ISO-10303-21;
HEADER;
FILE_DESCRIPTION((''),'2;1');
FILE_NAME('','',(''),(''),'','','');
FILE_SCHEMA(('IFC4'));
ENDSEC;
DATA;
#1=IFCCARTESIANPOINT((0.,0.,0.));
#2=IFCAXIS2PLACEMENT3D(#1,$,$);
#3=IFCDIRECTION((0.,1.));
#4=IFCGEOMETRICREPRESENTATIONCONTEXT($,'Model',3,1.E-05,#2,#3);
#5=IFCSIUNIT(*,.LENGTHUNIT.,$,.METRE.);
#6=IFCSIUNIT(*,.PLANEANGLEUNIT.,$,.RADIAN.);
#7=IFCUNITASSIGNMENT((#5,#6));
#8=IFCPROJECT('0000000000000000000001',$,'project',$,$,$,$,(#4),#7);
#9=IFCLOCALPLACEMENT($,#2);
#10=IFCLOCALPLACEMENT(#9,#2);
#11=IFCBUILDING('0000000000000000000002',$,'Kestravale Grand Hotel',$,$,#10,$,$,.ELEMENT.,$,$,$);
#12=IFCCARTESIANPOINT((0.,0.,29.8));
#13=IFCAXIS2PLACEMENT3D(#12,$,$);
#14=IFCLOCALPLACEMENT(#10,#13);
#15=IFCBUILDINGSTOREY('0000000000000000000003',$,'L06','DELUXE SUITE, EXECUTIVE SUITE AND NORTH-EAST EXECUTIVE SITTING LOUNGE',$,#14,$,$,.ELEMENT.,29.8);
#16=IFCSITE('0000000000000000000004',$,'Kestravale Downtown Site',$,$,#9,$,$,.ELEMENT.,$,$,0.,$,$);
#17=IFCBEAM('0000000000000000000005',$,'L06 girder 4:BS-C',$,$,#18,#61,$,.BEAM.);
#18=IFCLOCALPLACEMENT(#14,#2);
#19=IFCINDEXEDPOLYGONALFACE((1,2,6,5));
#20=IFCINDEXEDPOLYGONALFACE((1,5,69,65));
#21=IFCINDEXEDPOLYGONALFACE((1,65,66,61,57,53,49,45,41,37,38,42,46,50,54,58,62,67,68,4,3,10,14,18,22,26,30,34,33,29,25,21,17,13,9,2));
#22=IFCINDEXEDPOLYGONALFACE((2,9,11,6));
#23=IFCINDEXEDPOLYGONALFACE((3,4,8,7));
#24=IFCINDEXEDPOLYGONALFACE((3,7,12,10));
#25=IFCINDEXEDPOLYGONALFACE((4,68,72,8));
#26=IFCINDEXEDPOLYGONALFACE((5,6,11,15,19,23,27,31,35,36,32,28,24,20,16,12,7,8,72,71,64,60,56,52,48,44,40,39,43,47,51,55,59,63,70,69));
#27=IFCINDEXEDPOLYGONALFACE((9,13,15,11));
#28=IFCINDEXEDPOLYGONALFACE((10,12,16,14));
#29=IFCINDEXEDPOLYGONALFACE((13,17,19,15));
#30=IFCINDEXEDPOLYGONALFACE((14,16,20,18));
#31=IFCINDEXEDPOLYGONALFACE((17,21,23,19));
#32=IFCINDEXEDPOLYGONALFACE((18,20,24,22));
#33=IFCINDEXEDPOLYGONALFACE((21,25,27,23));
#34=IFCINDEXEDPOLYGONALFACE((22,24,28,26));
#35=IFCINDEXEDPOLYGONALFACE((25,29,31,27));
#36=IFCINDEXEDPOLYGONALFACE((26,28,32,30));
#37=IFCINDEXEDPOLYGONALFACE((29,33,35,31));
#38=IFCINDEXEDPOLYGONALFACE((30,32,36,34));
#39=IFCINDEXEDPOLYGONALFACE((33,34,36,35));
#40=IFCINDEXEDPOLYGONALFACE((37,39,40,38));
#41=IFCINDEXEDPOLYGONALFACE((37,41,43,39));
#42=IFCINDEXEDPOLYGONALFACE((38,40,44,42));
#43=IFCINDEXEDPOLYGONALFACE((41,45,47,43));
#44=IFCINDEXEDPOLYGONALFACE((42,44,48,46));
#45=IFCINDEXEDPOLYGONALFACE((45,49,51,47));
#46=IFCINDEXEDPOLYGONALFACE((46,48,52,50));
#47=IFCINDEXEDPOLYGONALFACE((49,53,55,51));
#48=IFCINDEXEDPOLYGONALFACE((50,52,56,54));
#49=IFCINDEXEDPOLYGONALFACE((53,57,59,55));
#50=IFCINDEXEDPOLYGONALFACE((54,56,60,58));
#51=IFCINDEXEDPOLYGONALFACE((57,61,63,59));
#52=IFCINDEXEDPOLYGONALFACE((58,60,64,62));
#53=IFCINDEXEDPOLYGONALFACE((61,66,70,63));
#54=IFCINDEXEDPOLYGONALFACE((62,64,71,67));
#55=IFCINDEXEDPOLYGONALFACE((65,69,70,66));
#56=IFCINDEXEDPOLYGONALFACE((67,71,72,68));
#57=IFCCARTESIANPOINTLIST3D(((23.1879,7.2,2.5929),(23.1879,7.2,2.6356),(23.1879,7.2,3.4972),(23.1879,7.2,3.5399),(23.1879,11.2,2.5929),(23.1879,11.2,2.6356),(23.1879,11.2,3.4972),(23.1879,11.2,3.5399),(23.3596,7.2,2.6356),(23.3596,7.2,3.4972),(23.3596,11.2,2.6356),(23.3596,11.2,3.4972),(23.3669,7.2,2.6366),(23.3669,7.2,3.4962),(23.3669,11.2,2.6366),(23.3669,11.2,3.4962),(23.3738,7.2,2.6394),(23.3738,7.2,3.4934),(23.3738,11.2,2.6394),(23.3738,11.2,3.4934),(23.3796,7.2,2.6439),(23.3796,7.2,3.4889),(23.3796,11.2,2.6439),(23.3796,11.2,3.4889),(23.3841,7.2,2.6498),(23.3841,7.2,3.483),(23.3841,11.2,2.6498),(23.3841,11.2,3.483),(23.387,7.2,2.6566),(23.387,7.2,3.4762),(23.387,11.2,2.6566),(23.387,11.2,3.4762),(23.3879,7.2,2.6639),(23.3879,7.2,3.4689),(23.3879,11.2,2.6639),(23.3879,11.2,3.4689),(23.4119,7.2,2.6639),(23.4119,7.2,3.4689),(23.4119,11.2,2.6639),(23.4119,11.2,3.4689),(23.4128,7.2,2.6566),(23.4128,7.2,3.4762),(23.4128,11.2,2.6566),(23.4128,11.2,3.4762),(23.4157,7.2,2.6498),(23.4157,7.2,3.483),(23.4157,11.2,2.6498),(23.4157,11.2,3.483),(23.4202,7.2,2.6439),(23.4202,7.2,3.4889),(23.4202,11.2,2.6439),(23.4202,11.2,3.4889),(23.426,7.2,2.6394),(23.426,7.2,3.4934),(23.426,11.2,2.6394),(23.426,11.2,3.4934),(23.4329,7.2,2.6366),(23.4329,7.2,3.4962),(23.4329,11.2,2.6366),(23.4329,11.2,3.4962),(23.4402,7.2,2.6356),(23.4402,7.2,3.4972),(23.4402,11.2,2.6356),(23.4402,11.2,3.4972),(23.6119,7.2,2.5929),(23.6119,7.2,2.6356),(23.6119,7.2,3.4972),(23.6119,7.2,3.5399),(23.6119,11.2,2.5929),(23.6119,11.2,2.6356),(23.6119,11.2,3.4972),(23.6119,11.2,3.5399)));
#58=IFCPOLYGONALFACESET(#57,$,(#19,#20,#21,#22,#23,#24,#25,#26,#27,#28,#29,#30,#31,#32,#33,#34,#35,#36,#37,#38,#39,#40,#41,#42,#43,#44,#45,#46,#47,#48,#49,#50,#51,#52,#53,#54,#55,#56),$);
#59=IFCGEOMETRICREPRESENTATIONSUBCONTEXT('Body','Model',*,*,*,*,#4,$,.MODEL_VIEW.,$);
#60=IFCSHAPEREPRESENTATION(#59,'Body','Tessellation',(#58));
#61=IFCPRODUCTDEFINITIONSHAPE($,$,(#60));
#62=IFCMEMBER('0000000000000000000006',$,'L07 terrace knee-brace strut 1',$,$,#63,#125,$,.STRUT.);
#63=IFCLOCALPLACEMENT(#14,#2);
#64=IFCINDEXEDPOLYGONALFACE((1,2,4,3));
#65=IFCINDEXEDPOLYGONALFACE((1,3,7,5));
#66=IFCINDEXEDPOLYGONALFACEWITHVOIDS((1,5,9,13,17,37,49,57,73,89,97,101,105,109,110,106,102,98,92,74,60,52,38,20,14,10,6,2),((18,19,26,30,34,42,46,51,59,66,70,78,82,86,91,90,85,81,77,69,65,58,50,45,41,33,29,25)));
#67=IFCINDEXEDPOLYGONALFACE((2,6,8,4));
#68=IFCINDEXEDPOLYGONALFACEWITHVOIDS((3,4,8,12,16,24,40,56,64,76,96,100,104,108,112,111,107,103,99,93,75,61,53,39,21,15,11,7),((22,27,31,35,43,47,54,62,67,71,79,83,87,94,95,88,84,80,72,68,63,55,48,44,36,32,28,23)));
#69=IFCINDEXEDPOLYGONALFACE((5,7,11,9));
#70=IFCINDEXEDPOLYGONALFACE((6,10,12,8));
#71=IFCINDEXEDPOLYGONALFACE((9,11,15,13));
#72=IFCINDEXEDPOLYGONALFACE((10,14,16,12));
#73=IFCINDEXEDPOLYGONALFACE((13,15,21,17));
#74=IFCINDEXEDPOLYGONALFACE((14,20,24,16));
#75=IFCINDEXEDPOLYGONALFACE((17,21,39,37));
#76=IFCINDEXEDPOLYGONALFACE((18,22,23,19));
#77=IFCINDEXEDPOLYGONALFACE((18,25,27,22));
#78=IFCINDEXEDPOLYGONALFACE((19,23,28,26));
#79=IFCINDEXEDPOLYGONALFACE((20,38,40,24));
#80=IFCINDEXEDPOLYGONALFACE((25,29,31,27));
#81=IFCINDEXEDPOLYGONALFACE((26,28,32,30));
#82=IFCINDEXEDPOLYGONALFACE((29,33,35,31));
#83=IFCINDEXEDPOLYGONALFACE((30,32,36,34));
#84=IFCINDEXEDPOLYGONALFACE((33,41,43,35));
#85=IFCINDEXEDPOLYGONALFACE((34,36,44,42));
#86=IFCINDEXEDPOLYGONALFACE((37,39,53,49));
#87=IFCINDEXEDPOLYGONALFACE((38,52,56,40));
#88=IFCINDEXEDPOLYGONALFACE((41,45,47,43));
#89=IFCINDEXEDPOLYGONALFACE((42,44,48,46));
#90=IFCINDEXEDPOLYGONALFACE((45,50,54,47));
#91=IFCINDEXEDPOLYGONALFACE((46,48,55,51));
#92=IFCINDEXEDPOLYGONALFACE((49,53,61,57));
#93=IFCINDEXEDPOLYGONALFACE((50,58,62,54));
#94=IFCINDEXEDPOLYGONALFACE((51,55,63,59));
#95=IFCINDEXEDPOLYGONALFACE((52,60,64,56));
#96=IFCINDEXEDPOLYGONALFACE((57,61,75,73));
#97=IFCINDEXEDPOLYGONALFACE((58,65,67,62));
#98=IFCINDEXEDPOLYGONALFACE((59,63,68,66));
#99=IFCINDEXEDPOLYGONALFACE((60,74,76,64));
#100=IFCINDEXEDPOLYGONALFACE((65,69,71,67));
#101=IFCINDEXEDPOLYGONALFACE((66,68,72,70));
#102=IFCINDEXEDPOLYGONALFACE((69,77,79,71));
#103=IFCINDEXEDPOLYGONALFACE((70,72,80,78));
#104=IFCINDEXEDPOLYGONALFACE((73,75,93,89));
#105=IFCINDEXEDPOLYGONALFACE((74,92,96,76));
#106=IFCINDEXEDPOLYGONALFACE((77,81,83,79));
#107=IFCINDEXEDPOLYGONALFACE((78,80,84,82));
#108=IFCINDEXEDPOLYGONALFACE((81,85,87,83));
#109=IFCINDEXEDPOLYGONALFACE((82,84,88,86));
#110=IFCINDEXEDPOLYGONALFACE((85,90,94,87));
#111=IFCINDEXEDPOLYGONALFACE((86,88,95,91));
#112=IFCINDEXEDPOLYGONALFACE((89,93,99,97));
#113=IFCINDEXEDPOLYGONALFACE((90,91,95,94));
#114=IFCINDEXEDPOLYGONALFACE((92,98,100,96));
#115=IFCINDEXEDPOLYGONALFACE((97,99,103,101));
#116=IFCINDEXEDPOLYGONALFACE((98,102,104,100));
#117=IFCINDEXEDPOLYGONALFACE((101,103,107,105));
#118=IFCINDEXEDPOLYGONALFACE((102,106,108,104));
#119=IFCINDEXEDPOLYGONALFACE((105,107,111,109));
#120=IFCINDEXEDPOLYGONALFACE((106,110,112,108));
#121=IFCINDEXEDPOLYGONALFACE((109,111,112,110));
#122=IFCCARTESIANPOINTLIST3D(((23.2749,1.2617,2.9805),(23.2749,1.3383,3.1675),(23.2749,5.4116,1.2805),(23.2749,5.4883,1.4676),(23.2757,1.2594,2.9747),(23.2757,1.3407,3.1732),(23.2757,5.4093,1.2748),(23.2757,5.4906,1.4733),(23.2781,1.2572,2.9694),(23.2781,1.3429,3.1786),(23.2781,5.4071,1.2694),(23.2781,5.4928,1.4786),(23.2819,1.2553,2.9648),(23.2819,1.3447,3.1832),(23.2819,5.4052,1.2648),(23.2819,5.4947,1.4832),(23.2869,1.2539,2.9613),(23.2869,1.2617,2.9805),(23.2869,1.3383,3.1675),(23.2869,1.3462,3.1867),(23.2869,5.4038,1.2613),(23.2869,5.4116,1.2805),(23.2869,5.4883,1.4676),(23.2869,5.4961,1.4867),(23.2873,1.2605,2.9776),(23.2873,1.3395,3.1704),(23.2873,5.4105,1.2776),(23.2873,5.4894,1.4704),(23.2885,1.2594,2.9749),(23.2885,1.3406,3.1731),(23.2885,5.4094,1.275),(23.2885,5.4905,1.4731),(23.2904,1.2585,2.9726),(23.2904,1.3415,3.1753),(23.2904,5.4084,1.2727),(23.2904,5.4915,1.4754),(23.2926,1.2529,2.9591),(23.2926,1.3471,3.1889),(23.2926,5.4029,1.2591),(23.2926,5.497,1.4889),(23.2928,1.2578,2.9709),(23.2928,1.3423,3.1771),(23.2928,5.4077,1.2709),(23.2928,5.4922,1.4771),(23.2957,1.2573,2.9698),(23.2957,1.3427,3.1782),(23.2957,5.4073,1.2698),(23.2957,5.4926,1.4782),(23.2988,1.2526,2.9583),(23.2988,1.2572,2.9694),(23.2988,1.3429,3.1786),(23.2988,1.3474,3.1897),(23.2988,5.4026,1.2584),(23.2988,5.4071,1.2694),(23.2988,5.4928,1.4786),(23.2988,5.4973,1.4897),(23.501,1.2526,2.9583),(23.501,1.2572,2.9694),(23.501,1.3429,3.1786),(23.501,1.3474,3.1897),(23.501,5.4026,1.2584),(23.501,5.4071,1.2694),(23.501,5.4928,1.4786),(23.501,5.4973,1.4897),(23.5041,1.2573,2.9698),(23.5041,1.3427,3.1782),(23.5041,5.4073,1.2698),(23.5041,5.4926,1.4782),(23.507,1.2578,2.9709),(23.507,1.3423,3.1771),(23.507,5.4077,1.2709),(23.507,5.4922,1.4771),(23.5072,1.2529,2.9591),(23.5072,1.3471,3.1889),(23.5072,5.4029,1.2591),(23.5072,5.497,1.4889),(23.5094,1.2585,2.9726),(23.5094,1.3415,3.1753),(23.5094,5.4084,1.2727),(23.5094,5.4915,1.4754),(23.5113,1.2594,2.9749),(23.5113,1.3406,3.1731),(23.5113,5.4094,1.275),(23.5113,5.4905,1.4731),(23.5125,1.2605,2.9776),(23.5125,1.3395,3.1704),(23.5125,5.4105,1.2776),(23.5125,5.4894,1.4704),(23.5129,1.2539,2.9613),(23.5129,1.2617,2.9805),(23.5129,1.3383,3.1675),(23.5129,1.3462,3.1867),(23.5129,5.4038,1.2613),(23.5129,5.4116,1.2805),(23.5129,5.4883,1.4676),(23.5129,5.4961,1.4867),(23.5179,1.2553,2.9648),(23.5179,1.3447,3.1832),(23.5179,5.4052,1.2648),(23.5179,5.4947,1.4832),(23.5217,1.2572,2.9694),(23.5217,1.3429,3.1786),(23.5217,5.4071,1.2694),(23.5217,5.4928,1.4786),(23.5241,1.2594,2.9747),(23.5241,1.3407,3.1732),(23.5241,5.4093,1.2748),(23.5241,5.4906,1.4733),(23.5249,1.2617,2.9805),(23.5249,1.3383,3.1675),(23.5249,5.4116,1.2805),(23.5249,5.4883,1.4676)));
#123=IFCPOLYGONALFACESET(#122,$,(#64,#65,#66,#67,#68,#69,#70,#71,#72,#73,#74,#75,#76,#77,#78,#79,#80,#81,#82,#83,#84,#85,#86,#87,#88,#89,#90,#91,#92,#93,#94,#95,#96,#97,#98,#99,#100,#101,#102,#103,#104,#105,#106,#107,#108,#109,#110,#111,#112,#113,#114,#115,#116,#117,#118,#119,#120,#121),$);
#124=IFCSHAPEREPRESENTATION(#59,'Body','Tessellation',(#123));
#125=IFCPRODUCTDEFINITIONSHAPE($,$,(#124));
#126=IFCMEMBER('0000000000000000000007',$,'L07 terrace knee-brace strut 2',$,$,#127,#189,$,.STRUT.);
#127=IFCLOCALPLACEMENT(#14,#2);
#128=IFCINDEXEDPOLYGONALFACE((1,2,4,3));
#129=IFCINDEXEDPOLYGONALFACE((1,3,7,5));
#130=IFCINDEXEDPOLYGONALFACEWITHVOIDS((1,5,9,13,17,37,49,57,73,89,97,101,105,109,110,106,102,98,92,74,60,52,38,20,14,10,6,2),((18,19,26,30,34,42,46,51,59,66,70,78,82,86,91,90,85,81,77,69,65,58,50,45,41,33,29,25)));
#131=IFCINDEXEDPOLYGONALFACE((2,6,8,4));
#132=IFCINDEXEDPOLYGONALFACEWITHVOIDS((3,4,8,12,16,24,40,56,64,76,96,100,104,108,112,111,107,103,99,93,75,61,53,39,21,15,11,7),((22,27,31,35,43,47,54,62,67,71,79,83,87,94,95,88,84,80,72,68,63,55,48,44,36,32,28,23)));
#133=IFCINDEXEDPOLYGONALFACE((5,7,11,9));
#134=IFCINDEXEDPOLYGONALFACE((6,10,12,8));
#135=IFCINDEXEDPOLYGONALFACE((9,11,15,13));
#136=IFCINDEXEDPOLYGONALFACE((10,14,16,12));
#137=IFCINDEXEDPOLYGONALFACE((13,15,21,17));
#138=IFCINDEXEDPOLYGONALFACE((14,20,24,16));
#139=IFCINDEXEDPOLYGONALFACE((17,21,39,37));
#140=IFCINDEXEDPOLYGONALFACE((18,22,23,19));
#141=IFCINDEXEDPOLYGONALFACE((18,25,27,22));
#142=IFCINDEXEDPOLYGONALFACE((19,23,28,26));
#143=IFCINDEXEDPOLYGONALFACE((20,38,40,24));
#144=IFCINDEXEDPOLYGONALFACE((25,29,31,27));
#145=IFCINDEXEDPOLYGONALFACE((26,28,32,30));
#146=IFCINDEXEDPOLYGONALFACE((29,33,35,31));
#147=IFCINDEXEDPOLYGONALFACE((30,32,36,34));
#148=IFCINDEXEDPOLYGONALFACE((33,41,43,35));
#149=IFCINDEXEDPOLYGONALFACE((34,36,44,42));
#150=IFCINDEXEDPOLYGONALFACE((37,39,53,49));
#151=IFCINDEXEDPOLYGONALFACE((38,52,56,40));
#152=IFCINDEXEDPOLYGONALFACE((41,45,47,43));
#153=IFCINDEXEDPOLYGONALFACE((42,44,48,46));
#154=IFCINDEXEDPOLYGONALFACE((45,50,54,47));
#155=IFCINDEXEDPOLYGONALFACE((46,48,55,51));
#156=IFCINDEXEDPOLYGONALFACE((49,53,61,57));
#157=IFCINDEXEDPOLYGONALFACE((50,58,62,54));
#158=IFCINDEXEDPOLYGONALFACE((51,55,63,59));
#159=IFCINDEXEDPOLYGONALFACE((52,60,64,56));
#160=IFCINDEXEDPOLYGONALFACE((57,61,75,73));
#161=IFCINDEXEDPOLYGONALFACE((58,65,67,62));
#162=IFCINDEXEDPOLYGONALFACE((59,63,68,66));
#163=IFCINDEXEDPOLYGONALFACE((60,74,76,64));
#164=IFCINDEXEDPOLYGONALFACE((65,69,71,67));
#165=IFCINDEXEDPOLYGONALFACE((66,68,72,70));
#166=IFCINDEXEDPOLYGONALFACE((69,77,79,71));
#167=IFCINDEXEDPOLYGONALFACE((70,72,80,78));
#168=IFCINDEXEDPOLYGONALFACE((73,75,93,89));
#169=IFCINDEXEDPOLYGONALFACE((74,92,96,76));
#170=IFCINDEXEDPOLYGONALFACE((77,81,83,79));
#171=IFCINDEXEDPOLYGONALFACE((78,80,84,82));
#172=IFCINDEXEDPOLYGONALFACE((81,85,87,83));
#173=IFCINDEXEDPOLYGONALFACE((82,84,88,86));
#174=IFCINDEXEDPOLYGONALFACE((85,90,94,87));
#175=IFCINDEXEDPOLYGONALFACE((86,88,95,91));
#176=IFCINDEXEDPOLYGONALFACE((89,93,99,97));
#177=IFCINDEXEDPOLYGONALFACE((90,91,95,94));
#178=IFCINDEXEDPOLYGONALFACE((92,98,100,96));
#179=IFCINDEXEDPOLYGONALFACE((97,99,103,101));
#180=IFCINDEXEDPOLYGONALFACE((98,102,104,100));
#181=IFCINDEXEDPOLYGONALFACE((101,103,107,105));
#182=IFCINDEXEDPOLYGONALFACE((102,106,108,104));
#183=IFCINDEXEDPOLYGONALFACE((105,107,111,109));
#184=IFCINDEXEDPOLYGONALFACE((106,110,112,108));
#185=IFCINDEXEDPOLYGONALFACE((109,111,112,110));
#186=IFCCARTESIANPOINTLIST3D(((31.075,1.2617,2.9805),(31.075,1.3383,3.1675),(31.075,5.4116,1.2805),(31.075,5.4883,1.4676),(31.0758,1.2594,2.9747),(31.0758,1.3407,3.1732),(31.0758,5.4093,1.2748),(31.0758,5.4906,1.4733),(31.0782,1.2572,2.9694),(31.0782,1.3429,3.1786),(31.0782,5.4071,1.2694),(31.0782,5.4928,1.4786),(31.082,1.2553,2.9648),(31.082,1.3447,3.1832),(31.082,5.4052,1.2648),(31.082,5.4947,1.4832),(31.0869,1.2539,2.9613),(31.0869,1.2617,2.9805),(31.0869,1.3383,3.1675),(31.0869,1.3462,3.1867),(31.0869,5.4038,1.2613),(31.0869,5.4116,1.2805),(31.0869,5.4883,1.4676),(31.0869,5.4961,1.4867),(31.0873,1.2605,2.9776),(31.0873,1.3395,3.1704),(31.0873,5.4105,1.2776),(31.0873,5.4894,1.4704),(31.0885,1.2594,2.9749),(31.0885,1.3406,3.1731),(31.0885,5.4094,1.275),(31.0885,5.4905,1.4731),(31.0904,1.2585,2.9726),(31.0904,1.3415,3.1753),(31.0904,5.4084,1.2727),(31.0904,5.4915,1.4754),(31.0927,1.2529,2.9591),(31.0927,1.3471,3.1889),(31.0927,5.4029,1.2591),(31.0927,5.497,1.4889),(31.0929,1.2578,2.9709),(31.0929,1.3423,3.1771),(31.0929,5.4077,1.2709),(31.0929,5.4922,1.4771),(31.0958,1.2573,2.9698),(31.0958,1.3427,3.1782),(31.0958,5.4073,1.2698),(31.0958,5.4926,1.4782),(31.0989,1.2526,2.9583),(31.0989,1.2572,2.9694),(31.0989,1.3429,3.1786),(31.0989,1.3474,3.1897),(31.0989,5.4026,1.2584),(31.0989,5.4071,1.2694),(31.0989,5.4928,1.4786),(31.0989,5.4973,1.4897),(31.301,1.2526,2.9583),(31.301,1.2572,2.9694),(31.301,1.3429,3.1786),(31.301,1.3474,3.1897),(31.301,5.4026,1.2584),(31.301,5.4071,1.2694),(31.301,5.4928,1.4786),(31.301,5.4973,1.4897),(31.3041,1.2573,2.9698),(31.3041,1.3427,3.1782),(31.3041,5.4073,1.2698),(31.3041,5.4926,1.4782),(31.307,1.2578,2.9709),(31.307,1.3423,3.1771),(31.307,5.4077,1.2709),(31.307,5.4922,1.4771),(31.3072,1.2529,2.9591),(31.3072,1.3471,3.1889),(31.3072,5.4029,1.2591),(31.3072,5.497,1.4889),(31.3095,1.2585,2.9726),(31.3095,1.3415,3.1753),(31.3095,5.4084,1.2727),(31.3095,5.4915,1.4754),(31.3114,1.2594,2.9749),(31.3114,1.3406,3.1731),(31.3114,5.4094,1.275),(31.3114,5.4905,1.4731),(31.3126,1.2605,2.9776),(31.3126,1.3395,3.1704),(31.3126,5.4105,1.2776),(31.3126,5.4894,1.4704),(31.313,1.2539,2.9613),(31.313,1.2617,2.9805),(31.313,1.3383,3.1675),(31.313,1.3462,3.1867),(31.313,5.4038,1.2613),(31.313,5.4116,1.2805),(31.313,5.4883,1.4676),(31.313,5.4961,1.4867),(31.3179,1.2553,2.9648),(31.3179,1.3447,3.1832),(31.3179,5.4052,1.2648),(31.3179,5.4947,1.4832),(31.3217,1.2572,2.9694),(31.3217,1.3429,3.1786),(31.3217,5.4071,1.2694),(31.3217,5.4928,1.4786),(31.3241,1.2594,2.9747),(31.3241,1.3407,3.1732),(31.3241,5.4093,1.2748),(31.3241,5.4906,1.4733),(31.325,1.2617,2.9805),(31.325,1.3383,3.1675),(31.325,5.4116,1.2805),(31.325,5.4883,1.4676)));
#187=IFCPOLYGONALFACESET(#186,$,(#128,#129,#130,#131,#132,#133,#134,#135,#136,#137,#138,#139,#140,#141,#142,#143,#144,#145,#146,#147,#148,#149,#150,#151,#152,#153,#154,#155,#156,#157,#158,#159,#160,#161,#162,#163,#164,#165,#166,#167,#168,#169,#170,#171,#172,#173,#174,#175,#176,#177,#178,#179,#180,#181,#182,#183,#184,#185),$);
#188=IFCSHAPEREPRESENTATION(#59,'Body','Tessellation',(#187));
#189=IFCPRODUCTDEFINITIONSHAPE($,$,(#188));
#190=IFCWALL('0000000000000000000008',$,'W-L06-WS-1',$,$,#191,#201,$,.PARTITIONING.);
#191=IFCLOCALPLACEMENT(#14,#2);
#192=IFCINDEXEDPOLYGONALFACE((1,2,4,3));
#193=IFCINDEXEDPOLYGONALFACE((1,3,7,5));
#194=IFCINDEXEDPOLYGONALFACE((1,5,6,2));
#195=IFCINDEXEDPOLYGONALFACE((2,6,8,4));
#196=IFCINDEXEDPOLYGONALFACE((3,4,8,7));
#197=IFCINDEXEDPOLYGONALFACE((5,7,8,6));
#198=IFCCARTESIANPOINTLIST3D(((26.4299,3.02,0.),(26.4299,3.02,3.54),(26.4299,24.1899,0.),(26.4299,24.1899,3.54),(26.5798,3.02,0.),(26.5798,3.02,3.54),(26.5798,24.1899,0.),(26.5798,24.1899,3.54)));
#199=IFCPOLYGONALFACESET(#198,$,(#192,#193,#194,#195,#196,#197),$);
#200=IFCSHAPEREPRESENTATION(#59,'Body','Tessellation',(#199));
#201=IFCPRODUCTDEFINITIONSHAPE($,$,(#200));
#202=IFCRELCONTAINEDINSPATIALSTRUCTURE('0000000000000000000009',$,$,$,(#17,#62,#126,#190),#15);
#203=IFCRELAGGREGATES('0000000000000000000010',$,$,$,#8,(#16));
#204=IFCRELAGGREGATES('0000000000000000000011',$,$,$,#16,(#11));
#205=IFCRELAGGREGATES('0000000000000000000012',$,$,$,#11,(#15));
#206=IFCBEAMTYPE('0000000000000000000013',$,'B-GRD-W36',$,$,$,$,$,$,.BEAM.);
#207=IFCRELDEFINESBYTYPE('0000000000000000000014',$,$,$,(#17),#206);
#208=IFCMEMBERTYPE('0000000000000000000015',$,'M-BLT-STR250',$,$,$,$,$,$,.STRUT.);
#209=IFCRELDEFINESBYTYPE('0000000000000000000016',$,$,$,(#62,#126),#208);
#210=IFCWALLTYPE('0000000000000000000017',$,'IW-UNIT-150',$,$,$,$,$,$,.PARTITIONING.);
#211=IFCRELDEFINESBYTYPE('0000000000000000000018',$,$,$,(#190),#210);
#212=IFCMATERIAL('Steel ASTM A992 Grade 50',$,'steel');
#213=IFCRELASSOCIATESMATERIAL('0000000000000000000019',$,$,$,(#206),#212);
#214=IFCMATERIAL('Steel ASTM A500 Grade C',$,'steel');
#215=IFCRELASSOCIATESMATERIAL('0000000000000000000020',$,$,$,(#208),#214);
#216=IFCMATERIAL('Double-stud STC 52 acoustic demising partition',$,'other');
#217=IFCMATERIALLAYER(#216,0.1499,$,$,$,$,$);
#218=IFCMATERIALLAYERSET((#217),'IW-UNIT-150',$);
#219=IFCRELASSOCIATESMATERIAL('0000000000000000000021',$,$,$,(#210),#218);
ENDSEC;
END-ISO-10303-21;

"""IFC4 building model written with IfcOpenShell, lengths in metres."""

from ifc_helpers import new_model, si_unit, direction, frame, frame_2d, origin, origin_2d, place, context, subcontext, project, spatial, rectangle, hollow_rectangle, i_section, extrude, material, layer, layer_set, material_profile, profile_set, type_object, element, save


model = new_model("IFC4")

# Units and contexts
model_context = context("Model", 3, precision=1e-05, world=origin(), true_north=direction((0.0, 1.0)))
body_context = subcontext(model_context, "Body", "Model", "MODEL_VIEW")
ifc_project = project(units=[si_unit("LENGTHUNIT", "METRE"), si_unit("PLANEANGLEUNIT", "RADIAN")], contexts=[model_context])

# Site, building, storey
site_placement = place(None, origin())
site = spatial("IfcSite", under=ifc_project, at=site_placement, Name="Kestravale Downtown Site", CompositionType="ELEMENT", RefElevation=0.0)
building_placement = place(site_placement, origin())
building = spatial("IfcBuilding", under=site, at=building_placement, Name="Kestravale Grand Hotel", CompositionType="ELEMENT")
storey_placement = place(building_placement, frame((0.0, 0.0, 29.8)))
storey = spatial("IfcBuildingStorey", under=building, at=storey_placement, Name="L06", Description="DELUXE SUITE, EXECUTIVE SUITE AND NORTH-EAST EXECUTIVE SITTING LOUNGE", CompositionType="ELEMENT", Elevation=29.8)

# Beam
ifc_material_1 = material(Name="Steel ASTM A992 Grade 50", Category="steel")
ifc_material_profile_1 = material_profile(ifc_material_1, i_section(OverallWidth=0.4241, OverallDepth=0.947, WebThickness=0.0239, FlangeThickness=0.0427, FilletRadius=0.0283, at=origin_2d()))
ifc_profile_set_1 = profile_set([ifc_material_profile_1], Name="Steel ASTM A992 Grade 50")
beam_type_1 = type_object("IfcBeamType", Name="B-GRD-W36", PredefinedType="BEAM", material=ifc_profile_set_1)
beam_1_placement = place(storey_placement, frame((23.3999, 7.2, 3.0664), z_axis=(0.0, 1.0, 0.0), x_axis=(-1.0, 0.0, 0.0)))
element("IfcBeam", 1, at=beam_1_placement, inside=storey, type_object=beam_type_1, Name="L06 girder 4:BS-C", PredefinedType="BEAM", context=body_context, shape_type="SweptSolid", body=[
    extrude(i_section(OverallWidth=0.4241, OverallDepth=0.947, WebThickness=0.0239, FlangeThickness=0.0427, FilletRadius=0.0283, at=origin_2d()), origin(), (0.0, 0.0, 1.0), 4.0),
])

# Members
ifc_material_2 = material(Name="Steel ASTM A500 Grade C", Category="steel")
ifc_material_profile_2 = material_profile(ifc_material_2, hollow_rectangle(XDim=0.25, YDim=0.25, WallThickness=0.012, InnerFilletRadius=0.012, OuterFilletRadius=0.0239, at=origin_2d()))
ifc_profile_set_2 = profile_set([ifc_material_profile_2], Name="Steel ASTM A500 Grade C")
member_type = type_object("IfcMemberType", Name="M-BLT-STR250", PredefinedType="STRUT", material=ifc_profile_set_2)
for number, where, z_axis, x_axis, name in (
    (2, (23.3999, 5.45, 1.374), (0.0, -0.92537, 0.379065), (1.0, 0.0, 0.0), "L07 terrace knee-brace strut 1"),
    (3, (31.2, 5.45, 1.374), (0.0, -0.92537, 0.379065), (1.0, 0.0, 0.0), "L07 terrace knee-brace strut 2"),
):
    element("IfcMember", number, at=place(storey_placement, frame(where, z_axis=z_axis, x_axis=x_axis)), inside=storey, type_object=member_type, Name=name, PredefinedType="STRUT", context=body_context, shape_type="SweptSolid", body=[
        extrude(hollow_rectangle(XDim=0.25, YDim=0.25, WallThickness=0.012, InnerFilletRadius=0.012, OuterFilletRadius=0.0239, at=origin_2d()), origin(), (0.0, 0.0, 1.0), 4.4846),
    ])

# Wall
ifc_material_3 = material(Name="Double-stud STC 52 acoustic demising partition", Category="other")
ifc_layer = layer(ifc_material_3, 0.1499)
ifc_layer_set = layer_set([ifc_layer], Name="IW-UNIT-150")
wall_type = type_object("IfcWallType", Name="IW-UNIT-150", PredefinedType="PARTITIONING", material=ifc_layer_set)
wall_1_placement = place(storey_placement, frame((26.5049, 3.02, 0.0), z_axis=(0.0, 0.0, 1.0), x_axis=(0.0, 1.0, 0.0)))
element("IfcWall", 4, at=wall_1_placement, inside=storey, type_object=wall_type, Name="W-L06-WS-1", PredefinedType="PARTITIONING", context=body_context, shape_type="SweptSolid", body=[
    extrude(rectangle(XDim=21.1699, YDim=0.1499, at=frame_2d((10.585, 0.0))), origin(), (0.0, 0.0, 1.0), 3.54),
])

save(model, "model.ifc")
